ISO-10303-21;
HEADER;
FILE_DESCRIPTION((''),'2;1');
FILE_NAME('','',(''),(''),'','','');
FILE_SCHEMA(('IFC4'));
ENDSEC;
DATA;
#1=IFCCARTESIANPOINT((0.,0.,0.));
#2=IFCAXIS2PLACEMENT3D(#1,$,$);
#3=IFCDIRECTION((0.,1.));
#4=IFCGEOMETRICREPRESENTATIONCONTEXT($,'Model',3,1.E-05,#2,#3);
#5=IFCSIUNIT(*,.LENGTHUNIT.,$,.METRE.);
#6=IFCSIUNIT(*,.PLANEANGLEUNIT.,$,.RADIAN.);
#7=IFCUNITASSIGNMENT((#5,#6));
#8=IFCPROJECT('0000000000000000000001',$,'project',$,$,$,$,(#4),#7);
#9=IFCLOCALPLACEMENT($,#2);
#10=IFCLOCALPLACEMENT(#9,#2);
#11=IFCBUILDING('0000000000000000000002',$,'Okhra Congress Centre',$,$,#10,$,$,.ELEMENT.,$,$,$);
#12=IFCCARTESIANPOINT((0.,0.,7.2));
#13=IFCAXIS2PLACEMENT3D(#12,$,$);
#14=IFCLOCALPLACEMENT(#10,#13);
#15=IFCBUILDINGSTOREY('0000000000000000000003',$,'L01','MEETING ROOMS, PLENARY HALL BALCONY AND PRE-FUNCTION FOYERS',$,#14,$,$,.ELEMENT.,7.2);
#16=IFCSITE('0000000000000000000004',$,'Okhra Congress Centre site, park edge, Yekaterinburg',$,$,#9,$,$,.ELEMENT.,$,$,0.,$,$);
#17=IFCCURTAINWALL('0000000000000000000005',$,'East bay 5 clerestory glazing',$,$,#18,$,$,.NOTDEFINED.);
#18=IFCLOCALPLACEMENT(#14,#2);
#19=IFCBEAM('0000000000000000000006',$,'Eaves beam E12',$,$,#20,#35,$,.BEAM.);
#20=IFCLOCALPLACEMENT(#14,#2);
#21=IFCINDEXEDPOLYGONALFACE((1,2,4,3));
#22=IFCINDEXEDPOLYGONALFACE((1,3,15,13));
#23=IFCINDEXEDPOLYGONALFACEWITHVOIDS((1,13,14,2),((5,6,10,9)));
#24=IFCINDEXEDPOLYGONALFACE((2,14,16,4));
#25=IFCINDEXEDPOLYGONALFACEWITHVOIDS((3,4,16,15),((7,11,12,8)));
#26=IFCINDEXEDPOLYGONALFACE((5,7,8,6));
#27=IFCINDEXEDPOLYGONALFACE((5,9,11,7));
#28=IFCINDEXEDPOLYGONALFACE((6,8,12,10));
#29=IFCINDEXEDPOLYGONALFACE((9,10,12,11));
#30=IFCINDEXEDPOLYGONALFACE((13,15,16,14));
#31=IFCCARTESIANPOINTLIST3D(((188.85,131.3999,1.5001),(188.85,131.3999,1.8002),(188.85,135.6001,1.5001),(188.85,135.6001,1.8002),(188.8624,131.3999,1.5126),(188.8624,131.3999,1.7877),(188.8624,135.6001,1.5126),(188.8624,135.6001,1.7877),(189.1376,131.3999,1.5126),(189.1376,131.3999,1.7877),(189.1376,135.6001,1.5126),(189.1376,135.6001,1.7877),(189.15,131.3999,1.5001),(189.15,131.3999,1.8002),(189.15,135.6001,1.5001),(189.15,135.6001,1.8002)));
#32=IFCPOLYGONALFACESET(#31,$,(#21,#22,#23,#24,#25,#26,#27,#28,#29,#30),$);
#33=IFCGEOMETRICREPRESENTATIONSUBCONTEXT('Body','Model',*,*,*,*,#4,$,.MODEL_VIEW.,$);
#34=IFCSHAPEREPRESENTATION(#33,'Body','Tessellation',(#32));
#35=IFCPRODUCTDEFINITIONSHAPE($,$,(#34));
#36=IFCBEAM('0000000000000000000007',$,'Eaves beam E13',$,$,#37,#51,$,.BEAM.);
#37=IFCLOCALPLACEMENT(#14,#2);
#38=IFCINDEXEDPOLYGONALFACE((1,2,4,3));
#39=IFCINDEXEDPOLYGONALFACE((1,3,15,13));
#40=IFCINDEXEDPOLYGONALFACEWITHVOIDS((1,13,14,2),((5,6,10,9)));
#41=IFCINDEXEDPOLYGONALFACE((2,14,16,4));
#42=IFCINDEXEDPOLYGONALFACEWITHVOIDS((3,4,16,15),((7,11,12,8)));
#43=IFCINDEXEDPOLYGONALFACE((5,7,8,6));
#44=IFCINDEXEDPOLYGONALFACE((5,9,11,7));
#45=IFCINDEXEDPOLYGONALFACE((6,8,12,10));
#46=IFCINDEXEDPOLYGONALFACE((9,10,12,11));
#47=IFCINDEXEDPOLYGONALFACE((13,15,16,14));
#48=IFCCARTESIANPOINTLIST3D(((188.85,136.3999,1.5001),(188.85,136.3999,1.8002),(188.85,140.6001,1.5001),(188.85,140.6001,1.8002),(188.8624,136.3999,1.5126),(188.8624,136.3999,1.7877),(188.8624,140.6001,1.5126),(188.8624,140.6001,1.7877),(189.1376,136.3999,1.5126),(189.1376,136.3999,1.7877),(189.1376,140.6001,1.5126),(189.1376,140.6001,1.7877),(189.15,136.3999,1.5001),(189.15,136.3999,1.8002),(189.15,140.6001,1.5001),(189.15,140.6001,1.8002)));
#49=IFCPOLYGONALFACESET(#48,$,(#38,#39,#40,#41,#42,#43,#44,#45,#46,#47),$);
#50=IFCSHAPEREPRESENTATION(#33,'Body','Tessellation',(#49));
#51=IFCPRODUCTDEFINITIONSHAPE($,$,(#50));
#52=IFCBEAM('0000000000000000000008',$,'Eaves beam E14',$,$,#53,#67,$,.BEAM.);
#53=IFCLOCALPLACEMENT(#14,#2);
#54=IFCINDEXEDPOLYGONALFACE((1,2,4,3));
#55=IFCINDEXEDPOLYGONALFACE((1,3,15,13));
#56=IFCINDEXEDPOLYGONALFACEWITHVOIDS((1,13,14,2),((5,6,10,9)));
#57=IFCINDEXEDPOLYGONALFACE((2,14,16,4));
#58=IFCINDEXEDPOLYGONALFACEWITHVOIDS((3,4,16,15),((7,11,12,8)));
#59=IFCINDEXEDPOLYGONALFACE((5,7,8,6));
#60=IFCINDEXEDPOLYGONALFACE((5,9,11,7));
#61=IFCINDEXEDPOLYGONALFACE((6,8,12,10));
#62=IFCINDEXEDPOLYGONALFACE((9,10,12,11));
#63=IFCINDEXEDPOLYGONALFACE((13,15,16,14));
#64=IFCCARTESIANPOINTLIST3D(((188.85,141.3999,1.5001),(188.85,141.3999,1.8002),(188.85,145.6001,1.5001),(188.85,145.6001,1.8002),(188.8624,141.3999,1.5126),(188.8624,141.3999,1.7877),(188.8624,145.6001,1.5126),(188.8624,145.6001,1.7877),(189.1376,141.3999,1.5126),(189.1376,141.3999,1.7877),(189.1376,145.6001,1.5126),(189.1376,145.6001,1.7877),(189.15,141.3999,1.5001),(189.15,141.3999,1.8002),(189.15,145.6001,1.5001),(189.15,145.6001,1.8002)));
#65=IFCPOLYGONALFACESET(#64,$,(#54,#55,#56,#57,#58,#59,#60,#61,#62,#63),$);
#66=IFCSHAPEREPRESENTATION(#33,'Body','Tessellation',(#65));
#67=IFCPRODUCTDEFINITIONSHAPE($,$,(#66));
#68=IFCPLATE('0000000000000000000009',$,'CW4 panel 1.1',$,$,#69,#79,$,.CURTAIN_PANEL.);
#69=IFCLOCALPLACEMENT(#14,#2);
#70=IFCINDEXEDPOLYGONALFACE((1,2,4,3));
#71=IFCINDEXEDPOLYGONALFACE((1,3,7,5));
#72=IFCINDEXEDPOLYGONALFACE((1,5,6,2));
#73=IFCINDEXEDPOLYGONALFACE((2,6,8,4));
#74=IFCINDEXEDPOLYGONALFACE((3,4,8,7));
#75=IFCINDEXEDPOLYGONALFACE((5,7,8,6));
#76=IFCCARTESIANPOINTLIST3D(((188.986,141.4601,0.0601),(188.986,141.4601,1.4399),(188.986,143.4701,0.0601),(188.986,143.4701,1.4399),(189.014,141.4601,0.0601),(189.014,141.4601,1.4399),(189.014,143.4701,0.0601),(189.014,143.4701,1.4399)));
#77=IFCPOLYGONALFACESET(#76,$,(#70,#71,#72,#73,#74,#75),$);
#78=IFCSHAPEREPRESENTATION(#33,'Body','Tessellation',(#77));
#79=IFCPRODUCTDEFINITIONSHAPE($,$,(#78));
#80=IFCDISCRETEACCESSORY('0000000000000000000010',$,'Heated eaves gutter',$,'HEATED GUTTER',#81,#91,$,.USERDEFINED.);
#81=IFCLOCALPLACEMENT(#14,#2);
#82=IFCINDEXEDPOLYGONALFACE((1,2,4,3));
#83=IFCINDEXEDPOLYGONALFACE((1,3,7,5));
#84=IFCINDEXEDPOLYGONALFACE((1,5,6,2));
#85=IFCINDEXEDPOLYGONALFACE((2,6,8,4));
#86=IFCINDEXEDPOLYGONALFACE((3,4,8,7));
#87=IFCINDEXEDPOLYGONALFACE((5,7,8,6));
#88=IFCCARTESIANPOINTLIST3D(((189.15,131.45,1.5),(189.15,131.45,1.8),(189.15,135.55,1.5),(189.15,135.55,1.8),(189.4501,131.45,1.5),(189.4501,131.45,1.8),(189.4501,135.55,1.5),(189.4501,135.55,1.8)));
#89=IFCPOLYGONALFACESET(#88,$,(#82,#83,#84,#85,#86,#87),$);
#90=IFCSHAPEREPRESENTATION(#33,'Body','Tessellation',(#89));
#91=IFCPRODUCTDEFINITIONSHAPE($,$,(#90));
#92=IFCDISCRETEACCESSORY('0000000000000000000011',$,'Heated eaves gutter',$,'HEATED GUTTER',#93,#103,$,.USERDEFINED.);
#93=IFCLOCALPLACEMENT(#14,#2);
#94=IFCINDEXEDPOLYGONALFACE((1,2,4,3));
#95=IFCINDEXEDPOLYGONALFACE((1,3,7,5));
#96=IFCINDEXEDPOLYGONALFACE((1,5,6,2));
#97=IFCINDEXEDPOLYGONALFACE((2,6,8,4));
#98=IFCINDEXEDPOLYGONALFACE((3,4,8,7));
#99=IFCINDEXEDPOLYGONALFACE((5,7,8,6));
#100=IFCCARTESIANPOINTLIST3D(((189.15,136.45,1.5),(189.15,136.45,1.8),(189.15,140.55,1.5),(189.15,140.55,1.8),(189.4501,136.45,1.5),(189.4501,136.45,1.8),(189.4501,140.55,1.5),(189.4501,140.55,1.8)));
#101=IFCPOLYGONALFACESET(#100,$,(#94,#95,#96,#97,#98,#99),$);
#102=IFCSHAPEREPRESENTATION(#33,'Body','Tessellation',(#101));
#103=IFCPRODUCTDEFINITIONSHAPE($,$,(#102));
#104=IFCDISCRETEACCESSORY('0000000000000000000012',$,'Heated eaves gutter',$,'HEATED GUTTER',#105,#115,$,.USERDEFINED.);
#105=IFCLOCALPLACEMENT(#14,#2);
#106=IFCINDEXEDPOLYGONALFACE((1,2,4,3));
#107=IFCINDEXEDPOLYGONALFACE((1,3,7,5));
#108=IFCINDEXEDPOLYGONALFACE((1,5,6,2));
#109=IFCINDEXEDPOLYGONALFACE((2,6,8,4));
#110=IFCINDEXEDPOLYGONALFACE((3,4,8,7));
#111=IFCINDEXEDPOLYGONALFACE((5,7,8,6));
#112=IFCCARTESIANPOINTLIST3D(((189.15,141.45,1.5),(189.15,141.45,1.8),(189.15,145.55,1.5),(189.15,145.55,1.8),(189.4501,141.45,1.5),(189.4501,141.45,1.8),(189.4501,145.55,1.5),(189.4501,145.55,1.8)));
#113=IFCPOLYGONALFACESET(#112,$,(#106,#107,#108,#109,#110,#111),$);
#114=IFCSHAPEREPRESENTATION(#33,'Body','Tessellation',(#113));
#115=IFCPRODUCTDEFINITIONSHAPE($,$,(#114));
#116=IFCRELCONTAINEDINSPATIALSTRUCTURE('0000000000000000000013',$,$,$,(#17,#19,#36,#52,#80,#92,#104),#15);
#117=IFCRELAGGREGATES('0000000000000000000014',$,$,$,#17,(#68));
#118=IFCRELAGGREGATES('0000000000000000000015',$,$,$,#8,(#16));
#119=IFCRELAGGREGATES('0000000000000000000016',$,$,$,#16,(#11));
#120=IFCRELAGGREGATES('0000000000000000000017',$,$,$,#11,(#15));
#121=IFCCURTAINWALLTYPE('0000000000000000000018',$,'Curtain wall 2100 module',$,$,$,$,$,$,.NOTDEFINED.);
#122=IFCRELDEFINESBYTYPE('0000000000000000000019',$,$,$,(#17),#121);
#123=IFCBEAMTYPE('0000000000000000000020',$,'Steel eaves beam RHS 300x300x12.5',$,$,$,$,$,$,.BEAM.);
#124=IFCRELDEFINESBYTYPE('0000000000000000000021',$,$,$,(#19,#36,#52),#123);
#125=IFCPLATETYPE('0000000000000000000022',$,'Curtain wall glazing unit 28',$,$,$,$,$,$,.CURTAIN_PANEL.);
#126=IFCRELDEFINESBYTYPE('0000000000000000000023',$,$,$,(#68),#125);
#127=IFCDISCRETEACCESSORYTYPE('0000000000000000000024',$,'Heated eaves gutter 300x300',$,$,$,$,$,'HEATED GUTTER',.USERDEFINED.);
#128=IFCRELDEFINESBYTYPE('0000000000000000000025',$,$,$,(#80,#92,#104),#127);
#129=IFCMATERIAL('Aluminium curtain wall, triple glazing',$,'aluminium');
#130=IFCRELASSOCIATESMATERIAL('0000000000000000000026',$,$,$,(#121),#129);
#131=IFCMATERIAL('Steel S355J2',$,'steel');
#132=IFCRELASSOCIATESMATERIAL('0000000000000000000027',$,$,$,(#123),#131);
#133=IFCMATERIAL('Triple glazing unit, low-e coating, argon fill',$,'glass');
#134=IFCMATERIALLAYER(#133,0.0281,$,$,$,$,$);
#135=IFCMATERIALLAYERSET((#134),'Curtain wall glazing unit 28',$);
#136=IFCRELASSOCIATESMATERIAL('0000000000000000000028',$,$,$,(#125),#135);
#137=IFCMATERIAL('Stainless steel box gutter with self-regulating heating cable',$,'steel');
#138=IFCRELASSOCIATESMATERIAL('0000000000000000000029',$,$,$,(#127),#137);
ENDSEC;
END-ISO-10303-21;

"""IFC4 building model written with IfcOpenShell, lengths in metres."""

from ifc_helpers import new_model, si_unit, direction, frame, origin, origin_2d, place, context, subcontext, project, spatial, rectangle, hollow_rectangle, extrude, material, layer, layer_set, material_profile, profile_set, type_object, element, aggregate, save


model = new_model("IFC4")

# Units and contexts
model_context = context("Model", 3, precision=1e-05, world=origin(), true_north=direction((0.0, 1.0)))
body_context = subcontext(model_context, "Body", "Model", "MODEL_VIEW")
ifc_project = project(units=[si_unit("LENGTHUNIT", "METRE"), si_unit("PLANEANGLEUNIT", "RADIAN")], contexts=[model_context])

# Site, building, storey
site_placement = place(None, origin())
site = spatial("IfcSite", under=ifc_project, at=site_placement, Name="Okhra Congress Centre site, park edge, Yekaterinburg", CompositionType="ELEMENT", RefElevation=0.0)
building_placement = place(site_placement, origin())
building = spatial("IfcBuilding", under=site, at=building_placement, Name="Okhra Congress Centre", CompositionType="ELEMENT")
storey_placement = place(building_placement, frame((0.0, 0.0, 7.2)))
storey = spatial("IfcBuildingStorey", under=building, at=storey_placement, Name="L01", Description="MEETING ROOMS, PLENARY HALL BALCONY AND PRE-FUNCTION FOYERS", CompositionType="ELEMENT", Elevation=7.2)

# Curtain wall
ifc_material_1 = material(Name="Aluminium curtain wall, triple glazing", Category="aluminium")
curtain_wall_type_1 = type_object("IfcCurtainWallType", Name="Curtain wall 2100 module", PredefinedType="NOTDEFINED", material=ifc_material_1)
curtain_wall_1_placement = place(storey_placement, origin())
curtain_wall_1 = element("IfcCurtainWall", 1, at=curtain_wall_1_placement, inside=storey, type_object=curtain_wall_type_1, Name="East bay 5 clerestory glazing", PredefinedType="NOTDEFINED")

# Beams
ifc_material_2 = material(Name="Steel S355J2", Category="steel")
ifc_material_profile_1 = material_profile(ifc_material_2, hollow_rectangle(XDim=0.3, YDim=0.3, WallThickness=0.0125, at=origin_2d()), Name="RHS 300x300x12.5")
ifc_profile_set_1 = profile_set([ifc_material_profile_1], Name="Steel S355J2")
beam_type = type_object("IfcBeamType", Name="Steel eaves beam RHS 300x300x12.5", PredefinedType="BEAM", material=ifc_profile_set_1)
for number, where, z_axis, x_axis, name in (
    (2, (189.0, 131.3999, 1.6501), (0.0, 1.0, 0.0), (-1.0, 0.0, 0.0), "Eaves beam E12"),
    (3, (189.0, 136.3999, 1.6501), (0.0, 1.0, 0.0), (-1.0, 0.0, 0.0), "Eaves beam E13"),
    (4, (189.0, 141.3999, 1.6501), (0.0, 1.0, 0.0), (-1.0, 0.0, 0.0), "Eaves beam E14"),
):
    element("IfcBeam", number, at=place(storey_placement, frame(where, z_axis=z_axis, x_axis=x_axis)), inside=storey, type_object=beam_type, Name=name, PredefinedType="BEAM", context=body_context, shape_type="SweptSolid", body=[
        extrude(hollow_rectangle(XDim=0.3, YDim=0.3, WallThickness=0.0125, at=origin_2d()), origin(), (0.0, 0.0, 1.0), 4.2002),
    ])

# Plate
ifc_material_3 = material(Name="Triple glazing unit, low-e coating, argon fill", Category="glass")
ifc_layer = layer(ifc_material_3, 0.0281)
ifc_layer_set = layer_set([ifc_layer], Name="Curtain wall glazing unit 28")
plate_type = type_object("IfcPlateType", Name="Curtain wall glazing unit 28", PredefinedType="CURTAIN_PANEL", material=ifc_layer_set)
plate_placement = place(storey_placement, frame((189.0, 142.4651, 0.0601), z_axis=(0.0, 0.0, 1.0), x_axis=(0.0, 1.0, 0.0)))
plate = element("IfcPlate", 5, at=plate_placement, type_object=plate_type, Name="CW4 panel 1.1", PredefinedType="CURTAIN_PANEL", context=body_context, shape_type="SweptSolid", body=[
    extrude(rectangle(XDim=2.01, YDim=0.0281, at=origin_2d()), origin(), (0.0, 0.0, 1.0), 1.3799),
])
aggregate(curtain_wall_1, [plate])

# Discrete accessories
ifc_material_4 = material(Name="Stainless steel box gutter with self-regulating heating cable", Category="steel")
discrete_accessory_type = type_object("IfcDiscreteAccessoryType", Name="Heated eaves gutter 300x300", ElementType="HEATED GUTTER", PredefinedType="USERDEFINED", material=ifc_material_4)
for number, where, z_axis, x_axis, name in (
    (6, (189.3, 133.5, 1.5), (0.0, 0.0, 1.0), (1.0, 0.0, 0.0), "Heated eaves gutter"),
    (7, (189.3, 138.5, 1.5), (0.0, 0.0, 1.0), (1.0, 0.0, 0.0), "Heated eaves gutter"),
    (8, (189.3, 143.5, 1.5), (0.0, 0.0, 1.0), (1.0, 0.0, 0.0), "Heated eaves gutter"),
):
    element("IfcDiscreteAccessory", number, at=place(storey_placement, frame(where, z_axis=z_axis, x_axis=x_axis)), inside=storey, type_object=discrete_accessory_type, Name=name, ObjectType="HEATED GUTTER", PredefinedType="USERDEFINED", context=body_context, shape_type="SweptSolid", body=[
        extrude(rectangle(XDim=0.3, YDim=4.1001, at=origin_2d()), origin(), (0.0, 0.0, 1.0), 0.3),
    ])

save(model, "model.ifc")
